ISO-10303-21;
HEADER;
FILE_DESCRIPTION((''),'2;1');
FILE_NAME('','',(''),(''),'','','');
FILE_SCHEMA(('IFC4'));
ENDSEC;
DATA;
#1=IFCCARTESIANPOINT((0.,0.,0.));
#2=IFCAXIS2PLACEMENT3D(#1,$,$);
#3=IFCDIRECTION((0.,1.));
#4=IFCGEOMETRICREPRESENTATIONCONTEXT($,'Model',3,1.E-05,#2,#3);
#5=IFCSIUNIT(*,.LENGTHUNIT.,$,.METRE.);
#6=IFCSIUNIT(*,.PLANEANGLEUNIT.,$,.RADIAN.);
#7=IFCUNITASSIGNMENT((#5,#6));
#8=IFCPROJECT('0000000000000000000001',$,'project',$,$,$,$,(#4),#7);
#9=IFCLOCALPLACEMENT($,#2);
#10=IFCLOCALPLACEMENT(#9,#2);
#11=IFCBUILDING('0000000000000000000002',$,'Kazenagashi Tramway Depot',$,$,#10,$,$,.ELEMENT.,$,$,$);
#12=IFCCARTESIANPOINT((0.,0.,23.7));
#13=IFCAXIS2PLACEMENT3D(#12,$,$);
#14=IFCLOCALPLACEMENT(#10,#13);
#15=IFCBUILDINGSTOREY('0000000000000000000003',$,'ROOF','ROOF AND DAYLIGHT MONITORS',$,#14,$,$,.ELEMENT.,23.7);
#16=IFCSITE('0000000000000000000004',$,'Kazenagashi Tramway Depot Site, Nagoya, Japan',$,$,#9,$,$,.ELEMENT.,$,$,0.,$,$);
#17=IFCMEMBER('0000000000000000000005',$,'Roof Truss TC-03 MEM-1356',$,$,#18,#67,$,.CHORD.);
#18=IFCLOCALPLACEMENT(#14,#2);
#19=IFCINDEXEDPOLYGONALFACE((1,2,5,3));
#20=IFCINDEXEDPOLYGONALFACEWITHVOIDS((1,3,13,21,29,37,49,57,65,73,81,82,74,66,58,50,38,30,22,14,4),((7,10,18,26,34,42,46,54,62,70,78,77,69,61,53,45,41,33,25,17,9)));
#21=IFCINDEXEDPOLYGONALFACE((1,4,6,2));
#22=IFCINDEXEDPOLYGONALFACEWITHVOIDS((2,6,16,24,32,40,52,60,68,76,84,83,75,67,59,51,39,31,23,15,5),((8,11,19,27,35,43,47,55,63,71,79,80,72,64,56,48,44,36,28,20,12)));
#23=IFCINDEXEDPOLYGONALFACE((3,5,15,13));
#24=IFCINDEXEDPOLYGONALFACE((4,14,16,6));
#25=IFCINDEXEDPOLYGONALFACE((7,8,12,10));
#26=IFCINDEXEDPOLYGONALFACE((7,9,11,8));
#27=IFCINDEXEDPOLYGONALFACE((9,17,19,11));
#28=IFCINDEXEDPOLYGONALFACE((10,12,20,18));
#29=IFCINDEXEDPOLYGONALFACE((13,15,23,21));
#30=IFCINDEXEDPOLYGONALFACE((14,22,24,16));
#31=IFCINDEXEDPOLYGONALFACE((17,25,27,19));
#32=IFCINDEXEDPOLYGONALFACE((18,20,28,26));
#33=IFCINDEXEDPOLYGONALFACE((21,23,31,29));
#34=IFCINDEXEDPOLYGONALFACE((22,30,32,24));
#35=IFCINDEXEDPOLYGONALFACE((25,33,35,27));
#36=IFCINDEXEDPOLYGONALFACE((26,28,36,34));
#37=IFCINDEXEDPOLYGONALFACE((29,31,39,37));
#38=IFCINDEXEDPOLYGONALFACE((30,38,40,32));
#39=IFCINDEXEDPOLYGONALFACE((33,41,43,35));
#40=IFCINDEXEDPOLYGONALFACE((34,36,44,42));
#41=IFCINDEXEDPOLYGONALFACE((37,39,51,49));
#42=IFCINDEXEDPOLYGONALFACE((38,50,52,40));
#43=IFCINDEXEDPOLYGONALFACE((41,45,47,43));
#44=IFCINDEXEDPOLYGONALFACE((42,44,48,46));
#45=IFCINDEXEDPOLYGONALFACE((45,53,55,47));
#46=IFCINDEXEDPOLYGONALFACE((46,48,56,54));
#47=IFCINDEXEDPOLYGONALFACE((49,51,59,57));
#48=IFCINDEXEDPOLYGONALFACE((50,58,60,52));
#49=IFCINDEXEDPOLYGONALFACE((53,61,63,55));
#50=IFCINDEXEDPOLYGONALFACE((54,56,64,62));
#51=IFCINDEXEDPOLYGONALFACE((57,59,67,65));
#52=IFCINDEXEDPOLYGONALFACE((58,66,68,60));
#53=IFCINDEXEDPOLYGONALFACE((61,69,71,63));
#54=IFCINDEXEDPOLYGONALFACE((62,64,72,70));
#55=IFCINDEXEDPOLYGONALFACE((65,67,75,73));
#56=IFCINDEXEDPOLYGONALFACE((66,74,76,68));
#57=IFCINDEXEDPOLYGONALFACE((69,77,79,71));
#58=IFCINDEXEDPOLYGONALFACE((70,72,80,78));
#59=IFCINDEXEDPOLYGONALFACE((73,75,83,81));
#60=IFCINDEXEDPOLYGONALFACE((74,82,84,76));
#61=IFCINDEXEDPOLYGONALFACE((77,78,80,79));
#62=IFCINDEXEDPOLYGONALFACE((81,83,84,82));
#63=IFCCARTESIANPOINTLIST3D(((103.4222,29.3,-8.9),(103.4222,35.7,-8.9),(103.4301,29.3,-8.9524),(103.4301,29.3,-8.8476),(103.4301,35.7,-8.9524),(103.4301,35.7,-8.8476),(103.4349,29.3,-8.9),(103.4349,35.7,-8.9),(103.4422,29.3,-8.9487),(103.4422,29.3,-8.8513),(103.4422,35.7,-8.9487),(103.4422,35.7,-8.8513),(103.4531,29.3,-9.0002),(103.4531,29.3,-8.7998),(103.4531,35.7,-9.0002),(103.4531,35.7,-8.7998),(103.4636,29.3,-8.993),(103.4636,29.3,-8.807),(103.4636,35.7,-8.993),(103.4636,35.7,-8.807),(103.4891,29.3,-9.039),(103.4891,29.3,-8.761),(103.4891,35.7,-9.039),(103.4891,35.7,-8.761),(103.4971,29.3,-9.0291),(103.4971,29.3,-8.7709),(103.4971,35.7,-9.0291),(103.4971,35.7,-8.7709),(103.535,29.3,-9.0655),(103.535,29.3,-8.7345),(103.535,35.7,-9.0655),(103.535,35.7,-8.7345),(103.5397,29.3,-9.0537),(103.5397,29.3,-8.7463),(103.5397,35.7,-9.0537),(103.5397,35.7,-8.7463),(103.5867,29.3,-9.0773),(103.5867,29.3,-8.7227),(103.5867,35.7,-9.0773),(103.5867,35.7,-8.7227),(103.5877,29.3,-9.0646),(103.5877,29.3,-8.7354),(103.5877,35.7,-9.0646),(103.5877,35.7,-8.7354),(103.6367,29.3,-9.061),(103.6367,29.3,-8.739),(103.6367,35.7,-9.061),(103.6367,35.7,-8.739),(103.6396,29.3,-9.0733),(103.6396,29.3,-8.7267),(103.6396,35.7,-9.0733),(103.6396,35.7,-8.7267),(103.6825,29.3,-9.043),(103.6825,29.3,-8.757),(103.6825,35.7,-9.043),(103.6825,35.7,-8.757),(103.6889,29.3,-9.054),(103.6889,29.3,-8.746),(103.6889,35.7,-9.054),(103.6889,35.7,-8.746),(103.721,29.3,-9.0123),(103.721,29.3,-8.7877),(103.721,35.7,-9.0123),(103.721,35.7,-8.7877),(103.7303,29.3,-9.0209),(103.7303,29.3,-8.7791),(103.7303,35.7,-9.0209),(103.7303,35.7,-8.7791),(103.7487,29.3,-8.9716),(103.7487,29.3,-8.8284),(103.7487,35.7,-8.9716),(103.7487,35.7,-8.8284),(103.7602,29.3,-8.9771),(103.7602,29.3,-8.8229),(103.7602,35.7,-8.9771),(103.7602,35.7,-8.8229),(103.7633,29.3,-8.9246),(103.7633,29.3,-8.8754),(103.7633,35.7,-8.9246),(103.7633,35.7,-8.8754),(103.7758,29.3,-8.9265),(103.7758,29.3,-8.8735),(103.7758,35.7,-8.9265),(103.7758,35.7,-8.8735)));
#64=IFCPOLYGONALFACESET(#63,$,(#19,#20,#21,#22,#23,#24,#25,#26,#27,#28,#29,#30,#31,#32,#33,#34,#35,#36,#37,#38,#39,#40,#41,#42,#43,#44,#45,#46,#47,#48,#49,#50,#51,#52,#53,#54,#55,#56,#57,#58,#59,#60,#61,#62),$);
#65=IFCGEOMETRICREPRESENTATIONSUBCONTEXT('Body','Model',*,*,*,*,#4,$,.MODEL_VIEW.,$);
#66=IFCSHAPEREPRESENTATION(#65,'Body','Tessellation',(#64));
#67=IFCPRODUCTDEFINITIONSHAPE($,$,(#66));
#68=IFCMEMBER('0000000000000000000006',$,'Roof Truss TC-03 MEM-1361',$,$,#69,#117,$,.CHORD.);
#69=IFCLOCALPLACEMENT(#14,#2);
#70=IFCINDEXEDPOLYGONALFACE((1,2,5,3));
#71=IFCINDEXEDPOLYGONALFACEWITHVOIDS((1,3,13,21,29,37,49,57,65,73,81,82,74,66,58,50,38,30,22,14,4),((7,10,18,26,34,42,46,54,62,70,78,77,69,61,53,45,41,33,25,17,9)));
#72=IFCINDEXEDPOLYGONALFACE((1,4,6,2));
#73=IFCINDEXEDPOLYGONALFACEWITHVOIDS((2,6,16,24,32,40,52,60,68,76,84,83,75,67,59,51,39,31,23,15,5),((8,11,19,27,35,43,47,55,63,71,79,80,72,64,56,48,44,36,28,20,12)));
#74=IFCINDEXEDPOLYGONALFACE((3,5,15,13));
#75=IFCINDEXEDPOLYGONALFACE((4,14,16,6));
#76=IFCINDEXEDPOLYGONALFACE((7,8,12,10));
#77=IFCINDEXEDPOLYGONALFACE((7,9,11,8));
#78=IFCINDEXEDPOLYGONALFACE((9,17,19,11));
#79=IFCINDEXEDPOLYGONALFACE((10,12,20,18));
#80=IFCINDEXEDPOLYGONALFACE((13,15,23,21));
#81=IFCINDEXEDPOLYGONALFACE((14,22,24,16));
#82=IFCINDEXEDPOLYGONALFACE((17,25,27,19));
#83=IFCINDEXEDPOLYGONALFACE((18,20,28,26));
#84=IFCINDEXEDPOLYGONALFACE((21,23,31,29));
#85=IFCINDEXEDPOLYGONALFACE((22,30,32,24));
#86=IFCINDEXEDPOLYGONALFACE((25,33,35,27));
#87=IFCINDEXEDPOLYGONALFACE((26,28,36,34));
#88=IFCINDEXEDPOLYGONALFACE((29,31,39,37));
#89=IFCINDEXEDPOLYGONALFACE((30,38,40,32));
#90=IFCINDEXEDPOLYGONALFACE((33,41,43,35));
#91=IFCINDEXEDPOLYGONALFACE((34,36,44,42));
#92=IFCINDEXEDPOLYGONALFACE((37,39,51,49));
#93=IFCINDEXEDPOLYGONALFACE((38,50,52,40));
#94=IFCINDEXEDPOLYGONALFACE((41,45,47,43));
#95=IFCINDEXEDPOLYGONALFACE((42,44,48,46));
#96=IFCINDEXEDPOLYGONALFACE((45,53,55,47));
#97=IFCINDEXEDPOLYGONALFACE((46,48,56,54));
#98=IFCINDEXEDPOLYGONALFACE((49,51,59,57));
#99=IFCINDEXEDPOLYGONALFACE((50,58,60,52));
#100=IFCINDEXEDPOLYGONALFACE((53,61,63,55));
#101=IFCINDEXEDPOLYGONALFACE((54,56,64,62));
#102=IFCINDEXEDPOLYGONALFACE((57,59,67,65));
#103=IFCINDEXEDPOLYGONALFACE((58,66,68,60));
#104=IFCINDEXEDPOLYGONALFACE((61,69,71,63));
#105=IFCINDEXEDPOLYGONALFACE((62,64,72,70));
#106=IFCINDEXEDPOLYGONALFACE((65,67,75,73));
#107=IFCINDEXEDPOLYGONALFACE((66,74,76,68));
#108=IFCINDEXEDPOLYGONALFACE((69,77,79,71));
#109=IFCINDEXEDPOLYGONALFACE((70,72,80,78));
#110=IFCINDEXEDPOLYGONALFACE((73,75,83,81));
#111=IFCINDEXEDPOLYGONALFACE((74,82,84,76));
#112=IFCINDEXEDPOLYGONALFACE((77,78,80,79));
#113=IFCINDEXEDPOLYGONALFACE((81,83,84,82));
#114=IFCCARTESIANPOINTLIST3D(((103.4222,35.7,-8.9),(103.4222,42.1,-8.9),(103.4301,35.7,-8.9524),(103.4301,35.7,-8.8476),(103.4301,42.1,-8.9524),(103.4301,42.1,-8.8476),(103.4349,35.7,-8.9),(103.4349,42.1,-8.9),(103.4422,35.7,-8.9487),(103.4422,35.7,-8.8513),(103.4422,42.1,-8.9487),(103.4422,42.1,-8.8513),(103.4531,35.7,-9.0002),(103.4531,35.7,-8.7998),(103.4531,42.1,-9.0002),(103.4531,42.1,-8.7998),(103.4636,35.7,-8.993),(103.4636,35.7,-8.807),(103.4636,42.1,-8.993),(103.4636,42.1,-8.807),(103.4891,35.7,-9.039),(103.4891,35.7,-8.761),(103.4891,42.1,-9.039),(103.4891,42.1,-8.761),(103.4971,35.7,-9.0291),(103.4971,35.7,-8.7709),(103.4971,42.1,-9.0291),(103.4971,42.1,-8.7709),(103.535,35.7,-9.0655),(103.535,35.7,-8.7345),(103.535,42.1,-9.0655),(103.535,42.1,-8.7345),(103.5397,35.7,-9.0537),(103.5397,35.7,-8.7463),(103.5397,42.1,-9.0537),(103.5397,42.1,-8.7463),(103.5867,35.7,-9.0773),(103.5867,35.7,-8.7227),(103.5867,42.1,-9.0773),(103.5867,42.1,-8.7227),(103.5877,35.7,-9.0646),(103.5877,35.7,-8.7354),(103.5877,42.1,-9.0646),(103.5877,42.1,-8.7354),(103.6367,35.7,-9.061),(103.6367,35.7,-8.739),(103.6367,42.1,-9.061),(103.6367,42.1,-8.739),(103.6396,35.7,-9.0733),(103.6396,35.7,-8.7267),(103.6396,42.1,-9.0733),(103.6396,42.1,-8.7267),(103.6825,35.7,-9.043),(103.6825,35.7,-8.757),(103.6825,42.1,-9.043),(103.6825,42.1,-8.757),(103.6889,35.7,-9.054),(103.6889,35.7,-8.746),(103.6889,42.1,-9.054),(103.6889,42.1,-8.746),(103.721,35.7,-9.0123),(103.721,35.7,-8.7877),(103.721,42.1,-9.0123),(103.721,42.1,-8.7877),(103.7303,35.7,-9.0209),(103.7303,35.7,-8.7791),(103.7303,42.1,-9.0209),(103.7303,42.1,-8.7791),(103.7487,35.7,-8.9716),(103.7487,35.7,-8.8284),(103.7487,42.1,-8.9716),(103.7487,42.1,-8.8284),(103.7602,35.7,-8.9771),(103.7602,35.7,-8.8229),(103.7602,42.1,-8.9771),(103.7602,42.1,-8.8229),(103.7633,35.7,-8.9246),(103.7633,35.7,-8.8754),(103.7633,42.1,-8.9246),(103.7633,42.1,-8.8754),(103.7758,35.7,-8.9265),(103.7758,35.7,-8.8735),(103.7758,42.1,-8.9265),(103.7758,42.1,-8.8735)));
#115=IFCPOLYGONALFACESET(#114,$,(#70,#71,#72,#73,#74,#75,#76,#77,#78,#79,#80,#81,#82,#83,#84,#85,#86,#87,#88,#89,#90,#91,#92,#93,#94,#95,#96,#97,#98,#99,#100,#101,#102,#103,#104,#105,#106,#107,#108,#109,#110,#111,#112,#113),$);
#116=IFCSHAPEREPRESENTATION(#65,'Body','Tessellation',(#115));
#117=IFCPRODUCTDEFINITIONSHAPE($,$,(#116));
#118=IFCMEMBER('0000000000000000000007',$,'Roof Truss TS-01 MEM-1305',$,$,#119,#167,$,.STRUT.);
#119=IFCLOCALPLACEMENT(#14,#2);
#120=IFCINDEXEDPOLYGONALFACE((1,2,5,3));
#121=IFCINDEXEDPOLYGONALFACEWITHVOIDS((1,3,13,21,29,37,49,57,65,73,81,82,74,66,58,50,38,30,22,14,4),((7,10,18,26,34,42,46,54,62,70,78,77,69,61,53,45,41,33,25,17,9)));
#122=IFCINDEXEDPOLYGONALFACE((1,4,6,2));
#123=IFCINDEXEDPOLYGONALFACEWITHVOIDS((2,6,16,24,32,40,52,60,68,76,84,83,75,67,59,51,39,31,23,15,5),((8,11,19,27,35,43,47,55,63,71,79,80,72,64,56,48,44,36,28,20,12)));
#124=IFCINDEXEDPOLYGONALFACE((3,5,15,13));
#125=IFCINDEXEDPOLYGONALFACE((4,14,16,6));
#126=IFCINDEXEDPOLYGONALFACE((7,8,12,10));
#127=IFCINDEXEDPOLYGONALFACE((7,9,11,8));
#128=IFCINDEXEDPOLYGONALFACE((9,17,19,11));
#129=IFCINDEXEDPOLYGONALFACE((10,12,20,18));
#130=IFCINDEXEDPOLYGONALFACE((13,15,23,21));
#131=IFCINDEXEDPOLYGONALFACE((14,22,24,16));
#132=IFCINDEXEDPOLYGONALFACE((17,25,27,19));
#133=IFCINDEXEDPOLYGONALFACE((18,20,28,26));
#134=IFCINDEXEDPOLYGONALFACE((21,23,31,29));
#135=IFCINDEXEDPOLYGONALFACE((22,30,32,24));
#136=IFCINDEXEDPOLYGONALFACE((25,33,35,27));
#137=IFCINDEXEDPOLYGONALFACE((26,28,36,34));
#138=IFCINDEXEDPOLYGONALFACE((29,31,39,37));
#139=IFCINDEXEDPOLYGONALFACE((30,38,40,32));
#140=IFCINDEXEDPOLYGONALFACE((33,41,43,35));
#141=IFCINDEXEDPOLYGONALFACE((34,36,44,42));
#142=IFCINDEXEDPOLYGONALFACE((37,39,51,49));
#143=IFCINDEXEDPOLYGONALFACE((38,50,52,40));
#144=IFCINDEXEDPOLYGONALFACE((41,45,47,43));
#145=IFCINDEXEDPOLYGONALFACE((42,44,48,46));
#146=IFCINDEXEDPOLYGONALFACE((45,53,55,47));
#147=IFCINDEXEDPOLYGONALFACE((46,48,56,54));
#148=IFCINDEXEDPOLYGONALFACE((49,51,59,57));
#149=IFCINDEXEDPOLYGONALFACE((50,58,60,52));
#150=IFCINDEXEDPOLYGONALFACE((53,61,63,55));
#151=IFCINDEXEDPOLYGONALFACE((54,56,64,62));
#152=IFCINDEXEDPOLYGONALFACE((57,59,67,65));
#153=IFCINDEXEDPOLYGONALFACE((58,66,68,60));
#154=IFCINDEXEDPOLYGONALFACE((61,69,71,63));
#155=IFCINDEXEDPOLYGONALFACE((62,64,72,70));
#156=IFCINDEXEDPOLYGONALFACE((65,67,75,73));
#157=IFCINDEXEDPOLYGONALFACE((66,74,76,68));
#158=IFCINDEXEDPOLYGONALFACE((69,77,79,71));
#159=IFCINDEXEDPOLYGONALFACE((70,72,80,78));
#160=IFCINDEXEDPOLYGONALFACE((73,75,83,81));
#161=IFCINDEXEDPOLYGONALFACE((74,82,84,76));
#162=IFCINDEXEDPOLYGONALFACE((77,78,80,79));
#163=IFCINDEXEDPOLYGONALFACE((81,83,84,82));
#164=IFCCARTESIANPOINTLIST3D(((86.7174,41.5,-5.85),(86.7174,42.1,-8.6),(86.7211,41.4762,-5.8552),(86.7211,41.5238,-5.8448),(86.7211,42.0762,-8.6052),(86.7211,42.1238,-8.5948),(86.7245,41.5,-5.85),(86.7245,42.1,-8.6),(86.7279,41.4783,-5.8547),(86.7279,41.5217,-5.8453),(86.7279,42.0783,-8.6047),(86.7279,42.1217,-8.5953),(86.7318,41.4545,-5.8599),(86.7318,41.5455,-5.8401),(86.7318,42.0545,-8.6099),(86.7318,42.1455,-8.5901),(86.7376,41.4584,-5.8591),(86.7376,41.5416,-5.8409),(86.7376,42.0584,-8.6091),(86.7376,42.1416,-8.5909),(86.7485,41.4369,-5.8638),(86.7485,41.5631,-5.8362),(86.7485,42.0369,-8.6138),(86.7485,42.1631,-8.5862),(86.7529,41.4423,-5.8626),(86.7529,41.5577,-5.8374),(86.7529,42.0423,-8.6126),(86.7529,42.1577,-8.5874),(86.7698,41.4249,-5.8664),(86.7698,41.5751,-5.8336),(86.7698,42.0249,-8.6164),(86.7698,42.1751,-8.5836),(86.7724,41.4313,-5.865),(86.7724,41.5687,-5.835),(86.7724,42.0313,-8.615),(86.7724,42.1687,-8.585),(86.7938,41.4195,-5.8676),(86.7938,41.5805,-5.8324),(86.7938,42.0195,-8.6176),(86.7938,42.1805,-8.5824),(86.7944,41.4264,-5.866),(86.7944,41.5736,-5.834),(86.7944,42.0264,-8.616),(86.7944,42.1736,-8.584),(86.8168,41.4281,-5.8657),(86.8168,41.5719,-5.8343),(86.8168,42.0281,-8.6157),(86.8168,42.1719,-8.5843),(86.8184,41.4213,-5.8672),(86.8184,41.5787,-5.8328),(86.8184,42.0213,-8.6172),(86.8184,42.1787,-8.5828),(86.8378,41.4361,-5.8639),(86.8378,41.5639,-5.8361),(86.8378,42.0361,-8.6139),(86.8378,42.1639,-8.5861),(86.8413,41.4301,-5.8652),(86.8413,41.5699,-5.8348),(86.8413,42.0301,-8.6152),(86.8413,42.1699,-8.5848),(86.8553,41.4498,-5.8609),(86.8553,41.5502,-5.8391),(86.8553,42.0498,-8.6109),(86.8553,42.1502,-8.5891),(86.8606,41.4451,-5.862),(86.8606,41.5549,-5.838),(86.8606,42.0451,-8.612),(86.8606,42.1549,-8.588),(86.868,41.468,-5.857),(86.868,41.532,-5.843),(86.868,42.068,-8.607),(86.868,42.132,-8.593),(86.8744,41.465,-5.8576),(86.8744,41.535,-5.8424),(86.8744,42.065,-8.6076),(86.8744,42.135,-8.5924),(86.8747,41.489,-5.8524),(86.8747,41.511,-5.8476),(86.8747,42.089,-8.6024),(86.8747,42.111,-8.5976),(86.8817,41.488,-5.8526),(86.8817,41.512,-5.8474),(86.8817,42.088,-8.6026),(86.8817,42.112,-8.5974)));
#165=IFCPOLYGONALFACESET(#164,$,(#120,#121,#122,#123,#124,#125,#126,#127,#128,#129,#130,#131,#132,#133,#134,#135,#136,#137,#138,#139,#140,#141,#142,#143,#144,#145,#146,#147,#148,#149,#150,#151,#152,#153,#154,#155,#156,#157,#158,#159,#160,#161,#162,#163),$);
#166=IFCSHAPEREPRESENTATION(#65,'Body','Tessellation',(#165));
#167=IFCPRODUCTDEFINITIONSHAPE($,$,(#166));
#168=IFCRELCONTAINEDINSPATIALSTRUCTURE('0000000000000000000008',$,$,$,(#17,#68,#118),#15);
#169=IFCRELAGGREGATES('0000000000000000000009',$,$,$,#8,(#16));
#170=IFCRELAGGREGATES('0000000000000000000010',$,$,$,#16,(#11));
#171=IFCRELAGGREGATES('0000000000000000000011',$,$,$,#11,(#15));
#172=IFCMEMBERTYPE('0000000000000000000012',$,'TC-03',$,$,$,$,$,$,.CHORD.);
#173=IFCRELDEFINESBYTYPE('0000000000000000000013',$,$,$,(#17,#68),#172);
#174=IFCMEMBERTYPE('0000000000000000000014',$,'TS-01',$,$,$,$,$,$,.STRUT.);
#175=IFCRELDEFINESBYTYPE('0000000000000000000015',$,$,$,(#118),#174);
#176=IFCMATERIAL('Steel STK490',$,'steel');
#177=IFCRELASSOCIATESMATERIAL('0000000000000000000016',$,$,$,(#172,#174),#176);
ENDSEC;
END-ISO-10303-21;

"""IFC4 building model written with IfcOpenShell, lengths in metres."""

from ifc_helpers import new_model, si_unit, direction, frame, origin, origin_2d, place, context, subcontext, project, spatial, hollow_circle, extrude, material, material_profile, profile_set, type_object, element, save


model = new_model("IFC4")

# Units and contexts
model_context = context("Model", 3, precision=1e-05, world=origin(), true_north=direction((0.0, 1.0)))
body_context = subcontext(model_context, "Body", "Model", "MODEL_VIEW")
ifc_project = project(units=[si_unit("LENGTHUNIT", "METRE"), si_unit("PLANEANGLEUNIT", "RADIAN")], contexts=[model_context])

# Site, building, storey
site_placement = place(None, origin())
site = spatial("IfcSite", under=ifc_project, at=site_placement, Name="Kazenagashi Tramway Depot Site, Nagoya, Japan", CompositionType="ELEMENT", RefElevation=0.0)
building_placement = place(site_placement, origin())
building = spatial("IfcBuilding", under=site, at=building_placement, Name="Kazenagashi Tramway Depot", CompositionType="ELEMENT")
storey_placement = place(building_placement, frame((0.0, 0.0, 23.7)))
storey = spatial("IfcBuildingStorey", under=building, at=storey_placement, Name="ROOF", Description="ROOF AND DAYLIGHT MONITORS", CompositionType="ELEMENT", Elevation=23.7)

# Members
ifc_material_1 = material(Name="Steel STK490", Category="steel")
ifc_material_profile_1 = material_profile(ifc_material_1, hollow_circle(Radius=0.1778, WallThickness=0.0127, at=origin_2d()), Name="CHS-355.6x12.7")
ifc_profile_set_1 = profile_set([ifc_material_profile_1], Name="Steel STK490")
member_type_1 = type_object("IfcMemberType", Name="TC-03", PredefinedType="CHORD", material=ifc_profile_set_1)
for number, where, z_axis, x_axis, name in (
    (1, (103.6, 29.3, -8.9), (0.0, 1.0, 0.0), (-1.0, 0.0, 0.0), "Roof Truss TC-03 MEM-1356"),
    (2, (103.6, 35.7, -8.9), (0.0, 1.0, 0.0), (-1.0, 0.0, 0.0), "Roof Truss TC-03 MEM-1361"),
):
    element("IfcMember", number, at=place(storey_placement, frame(where, z_axis=z_axis, x_axis=x_axis)), inside=storey, type_object=member_type_1, Name=name, PredefinedType="CHORD", context=body_context, shape_type="SweptSolid", body=[
        extrude(hollow_circle(Radius=0.1778, WallThickness=0.0127, at=origin_2d()), origin(), (0.0, 0.0, 1.0), 6.4),
    ])
ifc_material_profile_2 = material_profile(ifc_material_1, hollow_circle(Radius=0.0826, WallThickness=0.0071, at=origin_2d()), Name="CHS-165.2x7.1")
ifc_profile_set_2 = profile_set([ifc_material_profile_2], Name="Steel STK490")
member_type_2 = type_object("IfcMemberType", Name="TS-01", PredefinedType="STRUT", material=ifc_profile_set_2)
for number, where, z_axis, x_axis, name in (
    (3, (86.8, 41.5, -5.85), (0.0, 0.213167, -0.977016), (-1.0, 0.0, 0.0), "Roof Truss TS-01 MEM-1305"),
):
    element("IfcMember", number, at=place(storey_placement, frame(where, z_axis=z_axis, x_axis=x_axis)), inside=storey, type_object=member_type_2, Name=name, PredefinedType="STRUT", context=body_context, shape_type="SweptSolid", body=[
        extrude(hollow_circle(Radius=0.0826, WallThickness=0.0071, at=origin_2d()), origin(), (0.0, 0.0, 1.0), 2.8147),
    ])

save(model, "model.ifc")
